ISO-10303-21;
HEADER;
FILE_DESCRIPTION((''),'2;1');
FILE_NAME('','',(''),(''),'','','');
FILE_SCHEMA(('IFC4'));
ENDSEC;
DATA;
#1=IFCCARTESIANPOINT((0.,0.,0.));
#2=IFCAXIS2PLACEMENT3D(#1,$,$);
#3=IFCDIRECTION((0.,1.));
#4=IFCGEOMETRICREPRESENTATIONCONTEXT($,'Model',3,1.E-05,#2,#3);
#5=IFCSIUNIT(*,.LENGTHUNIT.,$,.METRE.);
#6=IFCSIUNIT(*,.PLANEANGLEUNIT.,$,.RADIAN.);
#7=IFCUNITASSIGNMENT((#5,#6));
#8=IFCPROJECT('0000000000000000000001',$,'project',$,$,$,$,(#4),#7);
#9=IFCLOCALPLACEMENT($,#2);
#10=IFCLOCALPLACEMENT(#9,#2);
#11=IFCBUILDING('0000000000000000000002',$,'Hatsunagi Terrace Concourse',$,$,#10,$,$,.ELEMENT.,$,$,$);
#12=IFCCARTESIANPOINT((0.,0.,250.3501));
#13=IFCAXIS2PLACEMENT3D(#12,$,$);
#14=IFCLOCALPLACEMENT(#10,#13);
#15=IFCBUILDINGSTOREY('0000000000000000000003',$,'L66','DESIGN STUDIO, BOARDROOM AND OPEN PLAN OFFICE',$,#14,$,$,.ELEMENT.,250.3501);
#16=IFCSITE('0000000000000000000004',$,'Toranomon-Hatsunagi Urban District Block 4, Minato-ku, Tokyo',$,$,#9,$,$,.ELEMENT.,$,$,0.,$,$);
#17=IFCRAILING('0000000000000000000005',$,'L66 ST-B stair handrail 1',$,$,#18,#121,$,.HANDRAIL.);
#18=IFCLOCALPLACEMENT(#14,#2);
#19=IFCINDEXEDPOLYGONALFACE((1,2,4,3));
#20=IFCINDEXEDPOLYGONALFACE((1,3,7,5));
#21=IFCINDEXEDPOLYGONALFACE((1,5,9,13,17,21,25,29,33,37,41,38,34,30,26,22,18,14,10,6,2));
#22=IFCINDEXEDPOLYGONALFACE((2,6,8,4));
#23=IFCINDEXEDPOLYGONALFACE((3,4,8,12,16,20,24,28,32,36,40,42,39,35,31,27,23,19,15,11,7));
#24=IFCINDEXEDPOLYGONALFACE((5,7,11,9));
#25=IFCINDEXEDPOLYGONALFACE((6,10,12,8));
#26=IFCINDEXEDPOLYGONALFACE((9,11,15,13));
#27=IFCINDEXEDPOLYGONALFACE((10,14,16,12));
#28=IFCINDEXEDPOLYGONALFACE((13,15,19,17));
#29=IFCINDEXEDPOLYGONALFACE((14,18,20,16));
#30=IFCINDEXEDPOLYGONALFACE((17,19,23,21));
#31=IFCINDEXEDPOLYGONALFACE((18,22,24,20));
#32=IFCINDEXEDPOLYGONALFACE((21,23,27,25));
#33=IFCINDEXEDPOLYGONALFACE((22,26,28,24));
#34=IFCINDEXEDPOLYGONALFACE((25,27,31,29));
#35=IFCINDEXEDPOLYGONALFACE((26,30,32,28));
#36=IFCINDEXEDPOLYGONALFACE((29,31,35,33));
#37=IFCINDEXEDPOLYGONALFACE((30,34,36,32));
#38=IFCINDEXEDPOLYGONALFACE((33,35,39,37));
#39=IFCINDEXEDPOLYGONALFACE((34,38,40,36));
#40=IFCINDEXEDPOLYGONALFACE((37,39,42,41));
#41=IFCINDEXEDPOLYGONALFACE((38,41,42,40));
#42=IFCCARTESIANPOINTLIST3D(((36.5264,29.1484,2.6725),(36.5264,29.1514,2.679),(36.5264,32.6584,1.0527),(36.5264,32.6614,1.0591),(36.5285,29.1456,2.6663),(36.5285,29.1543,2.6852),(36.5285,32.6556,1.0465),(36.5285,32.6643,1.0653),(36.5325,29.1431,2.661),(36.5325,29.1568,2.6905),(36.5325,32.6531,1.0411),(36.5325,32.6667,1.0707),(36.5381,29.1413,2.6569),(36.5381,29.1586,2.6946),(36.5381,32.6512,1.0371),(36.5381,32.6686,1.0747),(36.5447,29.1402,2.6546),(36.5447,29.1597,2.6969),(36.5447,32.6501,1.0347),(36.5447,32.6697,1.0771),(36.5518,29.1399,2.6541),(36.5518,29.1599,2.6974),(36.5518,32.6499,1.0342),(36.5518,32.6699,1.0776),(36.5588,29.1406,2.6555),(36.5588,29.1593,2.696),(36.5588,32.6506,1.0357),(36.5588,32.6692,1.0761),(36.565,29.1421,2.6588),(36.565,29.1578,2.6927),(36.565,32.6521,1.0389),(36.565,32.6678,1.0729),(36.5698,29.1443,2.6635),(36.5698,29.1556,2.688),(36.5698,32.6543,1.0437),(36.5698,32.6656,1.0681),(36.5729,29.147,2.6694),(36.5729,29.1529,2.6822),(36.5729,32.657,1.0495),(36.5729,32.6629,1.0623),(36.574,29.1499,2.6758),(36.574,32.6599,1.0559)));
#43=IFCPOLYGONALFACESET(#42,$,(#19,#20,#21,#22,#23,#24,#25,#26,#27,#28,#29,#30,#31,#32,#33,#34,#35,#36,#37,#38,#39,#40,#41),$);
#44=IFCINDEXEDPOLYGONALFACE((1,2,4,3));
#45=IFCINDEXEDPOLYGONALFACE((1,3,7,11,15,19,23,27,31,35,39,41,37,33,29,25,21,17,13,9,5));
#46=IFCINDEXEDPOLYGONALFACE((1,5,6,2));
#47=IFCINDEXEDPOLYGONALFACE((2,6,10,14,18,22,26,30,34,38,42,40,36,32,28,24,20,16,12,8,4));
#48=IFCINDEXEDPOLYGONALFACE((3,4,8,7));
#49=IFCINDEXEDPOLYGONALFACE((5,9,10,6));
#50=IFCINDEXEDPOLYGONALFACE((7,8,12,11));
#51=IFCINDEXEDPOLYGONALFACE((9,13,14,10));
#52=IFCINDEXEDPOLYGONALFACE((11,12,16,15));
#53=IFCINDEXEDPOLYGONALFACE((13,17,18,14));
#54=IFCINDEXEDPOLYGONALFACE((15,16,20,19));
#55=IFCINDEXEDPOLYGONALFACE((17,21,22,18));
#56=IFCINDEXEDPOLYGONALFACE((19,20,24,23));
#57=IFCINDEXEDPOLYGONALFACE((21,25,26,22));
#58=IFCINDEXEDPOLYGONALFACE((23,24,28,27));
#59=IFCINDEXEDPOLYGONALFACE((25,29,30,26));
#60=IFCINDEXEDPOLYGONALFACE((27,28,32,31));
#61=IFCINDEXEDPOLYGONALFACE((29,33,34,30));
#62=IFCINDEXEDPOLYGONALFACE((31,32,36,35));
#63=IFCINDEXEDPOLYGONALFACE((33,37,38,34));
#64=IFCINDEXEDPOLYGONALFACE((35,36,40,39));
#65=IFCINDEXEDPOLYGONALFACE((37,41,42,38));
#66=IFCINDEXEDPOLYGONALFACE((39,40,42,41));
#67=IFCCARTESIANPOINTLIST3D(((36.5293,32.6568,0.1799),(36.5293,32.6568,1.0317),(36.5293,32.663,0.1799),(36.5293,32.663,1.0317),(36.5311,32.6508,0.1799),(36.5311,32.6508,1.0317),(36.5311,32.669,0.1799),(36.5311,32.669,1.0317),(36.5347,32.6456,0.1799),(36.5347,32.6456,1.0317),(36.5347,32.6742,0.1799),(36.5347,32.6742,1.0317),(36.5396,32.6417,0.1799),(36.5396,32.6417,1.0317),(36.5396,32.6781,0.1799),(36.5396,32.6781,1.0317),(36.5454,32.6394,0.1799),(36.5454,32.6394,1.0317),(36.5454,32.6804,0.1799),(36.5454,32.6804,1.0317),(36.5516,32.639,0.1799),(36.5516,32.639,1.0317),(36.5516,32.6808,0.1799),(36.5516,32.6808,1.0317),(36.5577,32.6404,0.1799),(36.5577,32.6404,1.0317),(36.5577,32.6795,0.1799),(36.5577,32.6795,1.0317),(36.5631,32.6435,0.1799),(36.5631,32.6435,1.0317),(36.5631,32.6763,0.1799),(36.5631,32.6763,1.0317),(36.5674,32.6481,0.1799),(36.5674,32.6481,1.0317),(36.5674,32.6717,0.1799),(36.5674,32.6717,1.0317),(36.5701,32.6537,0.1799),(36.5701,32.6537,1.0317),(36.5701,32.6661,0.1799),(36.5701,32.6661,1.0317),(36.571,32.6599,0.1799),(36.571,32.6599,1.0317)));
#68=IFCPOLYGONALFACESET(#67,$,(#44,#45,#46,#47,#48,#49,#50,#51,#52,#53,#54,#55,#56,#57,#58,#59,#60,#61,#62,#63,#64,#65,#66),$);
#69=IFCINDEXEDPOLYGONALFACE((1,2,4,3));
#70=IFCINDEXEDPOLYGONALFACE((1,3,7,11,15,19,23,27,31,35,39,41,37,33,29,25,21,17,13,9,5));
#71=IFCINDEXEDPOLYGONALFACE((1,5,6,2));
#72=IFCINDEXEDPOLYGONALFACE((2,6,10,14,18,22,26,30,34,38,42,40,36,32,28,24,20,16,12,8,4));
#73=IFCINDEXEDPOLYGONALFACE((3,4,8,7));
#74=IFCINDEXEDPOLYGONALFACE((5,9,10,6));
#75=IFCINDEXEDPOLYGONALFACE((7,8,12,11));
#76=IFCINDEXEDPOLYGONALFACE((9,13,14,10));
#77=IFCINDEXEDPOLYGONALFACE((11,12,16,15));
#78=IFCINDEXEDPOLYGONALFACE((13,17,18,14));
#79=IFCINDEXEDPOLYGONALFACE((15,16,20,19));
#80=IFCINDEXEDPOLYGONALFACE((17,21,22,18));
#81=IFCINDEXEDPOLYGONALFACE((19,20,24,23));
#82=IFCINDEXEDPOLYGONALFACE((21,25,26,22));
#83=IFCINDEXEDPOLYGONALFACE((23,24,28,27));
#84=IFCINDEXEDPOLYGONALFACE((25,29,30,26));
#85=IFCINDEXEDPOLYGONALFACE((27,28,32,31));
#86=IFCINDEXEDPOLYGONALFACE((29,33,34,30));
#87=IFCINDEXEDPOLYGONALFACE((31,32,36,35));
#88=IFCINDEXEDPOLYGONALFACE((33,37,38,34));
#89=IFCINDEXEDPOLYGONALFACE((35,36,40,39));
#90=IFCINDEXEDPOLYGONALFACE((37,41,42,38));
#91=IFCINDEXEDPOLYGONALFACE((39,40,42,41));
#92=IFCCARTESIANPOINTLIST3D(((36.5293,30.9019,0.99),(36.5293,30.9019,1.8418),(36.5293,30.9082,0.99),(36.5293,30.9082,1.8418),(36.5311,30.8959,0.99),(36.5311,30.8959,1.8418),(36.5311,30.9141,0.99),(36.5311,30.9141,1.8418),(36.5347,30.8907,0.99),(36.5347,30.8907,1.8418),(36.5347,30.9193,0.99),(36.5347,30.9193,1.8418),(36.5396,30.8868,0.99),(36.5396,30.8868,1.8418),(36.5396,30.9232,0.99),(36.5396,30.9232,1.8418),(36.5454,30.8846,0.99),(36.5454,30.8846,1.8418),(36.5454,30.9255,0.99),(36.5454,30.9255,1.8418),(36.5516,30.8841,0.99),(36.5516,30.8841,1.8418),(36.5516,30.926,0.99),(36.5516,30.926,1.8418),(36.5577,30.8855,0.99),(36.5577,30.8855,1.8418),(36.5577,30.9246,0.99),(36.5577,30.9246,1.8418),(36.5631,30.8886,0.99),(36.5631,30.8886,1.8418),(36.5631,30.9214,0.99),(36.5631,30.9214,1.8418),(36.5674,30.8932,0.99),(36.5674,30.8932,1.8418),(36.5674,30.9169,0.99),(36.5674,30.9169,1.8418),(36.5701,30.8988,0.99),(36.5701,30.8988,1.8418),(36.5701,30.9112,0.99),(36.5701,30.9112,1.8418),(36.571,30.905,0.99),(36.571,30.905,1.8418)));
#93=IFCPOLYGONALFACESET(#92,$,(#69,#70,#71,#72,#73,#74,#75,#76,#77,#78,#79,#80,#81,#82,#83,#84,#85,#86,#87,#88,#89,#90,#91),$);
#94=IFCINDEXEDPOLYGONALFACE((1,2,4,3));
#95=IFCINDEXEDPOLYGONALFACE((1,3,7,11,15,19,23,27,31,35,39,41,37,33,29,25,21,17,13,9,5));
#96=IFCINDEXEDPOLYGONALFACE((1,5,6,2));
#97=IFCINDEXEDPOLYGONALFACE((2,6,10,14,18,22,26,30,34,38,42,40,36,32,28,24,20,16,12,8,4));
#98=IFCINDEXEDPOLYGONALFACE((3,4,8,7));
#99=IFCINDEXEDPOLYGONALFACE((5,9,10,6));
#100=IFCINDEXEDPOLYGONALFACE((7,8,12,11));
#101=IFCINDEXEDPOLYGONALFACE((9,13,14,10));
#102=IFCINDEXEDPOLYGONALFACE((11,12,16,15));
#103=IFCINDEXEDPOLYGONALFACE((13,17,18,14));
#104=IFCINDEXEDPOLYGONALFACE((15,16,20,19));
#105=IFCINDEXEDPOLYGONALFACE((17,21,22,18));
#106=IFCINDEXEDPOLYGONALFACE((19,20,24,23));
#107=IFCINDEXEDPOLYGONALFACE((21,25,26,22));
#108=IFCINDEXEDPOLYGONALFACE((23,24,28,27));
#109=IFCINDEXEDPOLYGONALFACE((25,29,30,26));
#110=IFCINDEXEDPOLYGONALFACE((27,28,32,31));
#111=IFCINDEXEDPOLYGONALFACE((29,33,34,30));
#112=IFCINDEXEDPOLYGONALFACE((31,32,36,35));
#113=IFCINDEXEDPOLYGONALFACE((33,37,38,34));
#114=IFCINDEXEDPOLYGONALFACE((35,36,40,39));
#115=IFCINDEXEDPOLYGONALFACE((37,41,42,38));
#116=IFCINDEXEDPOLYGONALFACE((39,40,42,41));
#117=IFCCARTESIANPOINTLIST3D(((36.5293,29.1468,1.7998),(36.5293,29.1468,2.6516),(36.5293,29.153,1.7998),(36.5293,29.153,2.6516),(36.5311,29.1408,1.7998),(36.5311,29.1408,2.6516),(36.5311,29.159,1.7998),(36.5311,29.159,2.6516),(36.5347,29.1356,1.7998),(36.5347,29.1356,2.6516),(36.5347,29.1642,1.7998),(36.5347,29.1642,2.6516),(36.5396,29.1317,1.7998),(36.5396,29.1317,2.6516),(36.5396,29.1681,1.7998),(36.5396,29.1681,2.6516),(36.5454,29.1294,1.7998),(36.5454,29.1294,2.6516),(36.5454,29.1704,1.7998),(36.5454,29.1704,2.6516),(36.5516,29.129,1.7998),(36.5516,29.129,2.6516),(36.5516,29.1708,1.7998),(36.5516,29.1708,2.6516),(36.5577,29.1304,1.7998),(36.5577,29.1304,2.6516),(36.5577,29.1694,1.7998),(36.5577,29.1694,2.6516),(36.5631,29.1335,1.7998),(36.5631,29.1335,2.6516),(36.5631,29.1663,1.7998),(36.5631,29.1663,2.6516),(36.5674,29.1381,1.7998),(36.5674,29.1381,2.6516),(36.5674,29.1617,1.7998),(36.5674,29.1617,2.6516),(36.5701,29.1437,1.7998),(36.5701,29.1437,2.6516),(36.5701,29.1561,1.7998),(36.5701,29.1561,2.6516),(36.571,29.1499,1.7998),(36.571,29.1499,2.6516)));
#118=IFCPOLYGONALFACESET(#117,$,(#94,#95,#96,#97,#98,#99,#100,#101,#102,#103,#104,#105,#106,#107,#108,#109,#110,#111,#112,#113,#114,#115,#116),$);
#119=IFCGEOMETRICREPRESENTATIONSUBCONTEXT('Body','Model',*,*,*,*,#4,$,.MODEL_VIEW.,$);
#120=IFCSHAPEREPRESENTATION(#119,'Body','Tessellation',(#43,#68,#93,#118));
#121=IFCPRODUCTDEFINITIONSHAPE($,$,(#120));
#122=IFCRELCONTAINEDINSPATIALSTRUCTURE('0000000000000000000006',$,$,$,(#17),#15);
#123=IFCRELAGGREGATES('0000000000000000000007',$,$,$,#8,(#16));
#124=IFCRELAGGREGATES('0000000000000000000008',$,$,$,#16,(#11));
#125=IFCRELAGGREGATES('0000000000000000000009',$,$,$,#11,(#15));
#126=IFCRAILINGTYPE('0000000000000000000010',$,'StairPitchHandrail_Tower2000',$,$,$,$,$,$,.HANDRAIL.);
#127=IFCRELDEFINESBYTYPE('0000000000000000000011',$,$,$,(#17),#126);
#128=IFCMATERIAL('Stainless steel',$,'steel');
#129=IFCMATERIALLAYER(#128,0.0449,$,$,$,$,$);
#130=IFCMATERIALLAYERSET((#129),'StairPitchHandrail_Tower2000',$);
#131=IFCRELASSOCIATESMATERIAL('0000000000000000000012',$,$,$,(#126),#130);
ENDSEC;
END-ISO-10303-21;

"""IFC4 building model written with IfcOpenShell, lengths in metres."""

from ifc_helpers import new_model, si_unit, direction, frame, origin, origin_2d, place, context, subcontext, project, spatial, circle, extrude, material, layer, layer_set, type_object, element, save


model = new_model("IFC4")

# Units and contexts
model_context = context("Model", 3, precision=1e-05, world=origin(), true_north=direction((0.0, 1.0)))
body_context = subcontext(model_context, "Body", "Model", "MODEL_VIEW")
ifc_project = project(units=[si_unit("LENGTHUNIT", "METRE"), si_unit("PLANEANGLEUNIT", "RADIAN")], contexts=[model_context])

# Site, building, storey
site_placement = place(None, origin())
site = spatial("IfcSite", under=ifc_project, at=site_placement, Name="Toranomon-Hatsunagi Urban District Block 4, Minato-ku, Tokyo", CompositionType="ELEMENT", RefElevation=0.0)
building_placement = place(site_placement, origin())
building = spatial("IfcBuilding", under=site, at=building_placement, Name="Hatsunagi Terrace Concourse", CompositionType="ELEMENT")
storey_placement = place(building_placement, frame((0.0, 0.0, 250.3501)))
storey = spatial("IfcBuildingStorey", under=building, at=storey_placement, Name="L66", Description="DESIGN STUDIO, BOARDROOM AND OPEN PLAN OFFICE", CompositionType="ELEMENT", Elevation=250.3501)

# Railing
ifc_material_1 = material(Name="Stainless steel", Category="steel")
ifc_layer_1 = layer(ifc_material_1, 0.0449)
ifc_layer_set_1 = layer_set([ifc_layer_1], Name="StairPitchHandrail_Tower2000")
railing_type_1 = type_object("IfcRailingType", Name="StairPitchHandrail_Tower2000", PredefinedType="HANDRAIL", material=ifc_layer_set_1)
railing_1_placement = place(storey_placement, frame((36.55, 32.6599, 0.1799)))
element("IfcRailing", 1, at=railing_1_placement, inside=storey, type_object=railing_type_1, Name="L66 ST-B stair handrail 1", PredefinedType="HANDRAIL", context=body_context, shape_type="SweptSolid", body=[
    extrude(circle(Radius=0.0239, at=origin_2d()), frame((0.0, 0.0, 0.876), z_axis=(0.0, -0.907972, 0.41903), x_axis=(1.0, 0.0, 0.0)), (0.0, 0.0, 1.0), 3.8657),
    extrude(circle(Radius=0.021, at=origin_2d()), origin(), (0.0, 0.0, 1.0), 0.8518),
    extrude(circle(Radius=0.021, at=origin_2d()), frame((0.0, -1.7549, 0.8101)), (0.0, 0.0, 1.0), 0.8518),
    extrude(circle(Radius=0.021, at=origin_2d()), frame((0.0, -3.51, 1.6199)), (0.0, 0.0, 1.0), 0.8518),
])

save(model, "model.ifc")
